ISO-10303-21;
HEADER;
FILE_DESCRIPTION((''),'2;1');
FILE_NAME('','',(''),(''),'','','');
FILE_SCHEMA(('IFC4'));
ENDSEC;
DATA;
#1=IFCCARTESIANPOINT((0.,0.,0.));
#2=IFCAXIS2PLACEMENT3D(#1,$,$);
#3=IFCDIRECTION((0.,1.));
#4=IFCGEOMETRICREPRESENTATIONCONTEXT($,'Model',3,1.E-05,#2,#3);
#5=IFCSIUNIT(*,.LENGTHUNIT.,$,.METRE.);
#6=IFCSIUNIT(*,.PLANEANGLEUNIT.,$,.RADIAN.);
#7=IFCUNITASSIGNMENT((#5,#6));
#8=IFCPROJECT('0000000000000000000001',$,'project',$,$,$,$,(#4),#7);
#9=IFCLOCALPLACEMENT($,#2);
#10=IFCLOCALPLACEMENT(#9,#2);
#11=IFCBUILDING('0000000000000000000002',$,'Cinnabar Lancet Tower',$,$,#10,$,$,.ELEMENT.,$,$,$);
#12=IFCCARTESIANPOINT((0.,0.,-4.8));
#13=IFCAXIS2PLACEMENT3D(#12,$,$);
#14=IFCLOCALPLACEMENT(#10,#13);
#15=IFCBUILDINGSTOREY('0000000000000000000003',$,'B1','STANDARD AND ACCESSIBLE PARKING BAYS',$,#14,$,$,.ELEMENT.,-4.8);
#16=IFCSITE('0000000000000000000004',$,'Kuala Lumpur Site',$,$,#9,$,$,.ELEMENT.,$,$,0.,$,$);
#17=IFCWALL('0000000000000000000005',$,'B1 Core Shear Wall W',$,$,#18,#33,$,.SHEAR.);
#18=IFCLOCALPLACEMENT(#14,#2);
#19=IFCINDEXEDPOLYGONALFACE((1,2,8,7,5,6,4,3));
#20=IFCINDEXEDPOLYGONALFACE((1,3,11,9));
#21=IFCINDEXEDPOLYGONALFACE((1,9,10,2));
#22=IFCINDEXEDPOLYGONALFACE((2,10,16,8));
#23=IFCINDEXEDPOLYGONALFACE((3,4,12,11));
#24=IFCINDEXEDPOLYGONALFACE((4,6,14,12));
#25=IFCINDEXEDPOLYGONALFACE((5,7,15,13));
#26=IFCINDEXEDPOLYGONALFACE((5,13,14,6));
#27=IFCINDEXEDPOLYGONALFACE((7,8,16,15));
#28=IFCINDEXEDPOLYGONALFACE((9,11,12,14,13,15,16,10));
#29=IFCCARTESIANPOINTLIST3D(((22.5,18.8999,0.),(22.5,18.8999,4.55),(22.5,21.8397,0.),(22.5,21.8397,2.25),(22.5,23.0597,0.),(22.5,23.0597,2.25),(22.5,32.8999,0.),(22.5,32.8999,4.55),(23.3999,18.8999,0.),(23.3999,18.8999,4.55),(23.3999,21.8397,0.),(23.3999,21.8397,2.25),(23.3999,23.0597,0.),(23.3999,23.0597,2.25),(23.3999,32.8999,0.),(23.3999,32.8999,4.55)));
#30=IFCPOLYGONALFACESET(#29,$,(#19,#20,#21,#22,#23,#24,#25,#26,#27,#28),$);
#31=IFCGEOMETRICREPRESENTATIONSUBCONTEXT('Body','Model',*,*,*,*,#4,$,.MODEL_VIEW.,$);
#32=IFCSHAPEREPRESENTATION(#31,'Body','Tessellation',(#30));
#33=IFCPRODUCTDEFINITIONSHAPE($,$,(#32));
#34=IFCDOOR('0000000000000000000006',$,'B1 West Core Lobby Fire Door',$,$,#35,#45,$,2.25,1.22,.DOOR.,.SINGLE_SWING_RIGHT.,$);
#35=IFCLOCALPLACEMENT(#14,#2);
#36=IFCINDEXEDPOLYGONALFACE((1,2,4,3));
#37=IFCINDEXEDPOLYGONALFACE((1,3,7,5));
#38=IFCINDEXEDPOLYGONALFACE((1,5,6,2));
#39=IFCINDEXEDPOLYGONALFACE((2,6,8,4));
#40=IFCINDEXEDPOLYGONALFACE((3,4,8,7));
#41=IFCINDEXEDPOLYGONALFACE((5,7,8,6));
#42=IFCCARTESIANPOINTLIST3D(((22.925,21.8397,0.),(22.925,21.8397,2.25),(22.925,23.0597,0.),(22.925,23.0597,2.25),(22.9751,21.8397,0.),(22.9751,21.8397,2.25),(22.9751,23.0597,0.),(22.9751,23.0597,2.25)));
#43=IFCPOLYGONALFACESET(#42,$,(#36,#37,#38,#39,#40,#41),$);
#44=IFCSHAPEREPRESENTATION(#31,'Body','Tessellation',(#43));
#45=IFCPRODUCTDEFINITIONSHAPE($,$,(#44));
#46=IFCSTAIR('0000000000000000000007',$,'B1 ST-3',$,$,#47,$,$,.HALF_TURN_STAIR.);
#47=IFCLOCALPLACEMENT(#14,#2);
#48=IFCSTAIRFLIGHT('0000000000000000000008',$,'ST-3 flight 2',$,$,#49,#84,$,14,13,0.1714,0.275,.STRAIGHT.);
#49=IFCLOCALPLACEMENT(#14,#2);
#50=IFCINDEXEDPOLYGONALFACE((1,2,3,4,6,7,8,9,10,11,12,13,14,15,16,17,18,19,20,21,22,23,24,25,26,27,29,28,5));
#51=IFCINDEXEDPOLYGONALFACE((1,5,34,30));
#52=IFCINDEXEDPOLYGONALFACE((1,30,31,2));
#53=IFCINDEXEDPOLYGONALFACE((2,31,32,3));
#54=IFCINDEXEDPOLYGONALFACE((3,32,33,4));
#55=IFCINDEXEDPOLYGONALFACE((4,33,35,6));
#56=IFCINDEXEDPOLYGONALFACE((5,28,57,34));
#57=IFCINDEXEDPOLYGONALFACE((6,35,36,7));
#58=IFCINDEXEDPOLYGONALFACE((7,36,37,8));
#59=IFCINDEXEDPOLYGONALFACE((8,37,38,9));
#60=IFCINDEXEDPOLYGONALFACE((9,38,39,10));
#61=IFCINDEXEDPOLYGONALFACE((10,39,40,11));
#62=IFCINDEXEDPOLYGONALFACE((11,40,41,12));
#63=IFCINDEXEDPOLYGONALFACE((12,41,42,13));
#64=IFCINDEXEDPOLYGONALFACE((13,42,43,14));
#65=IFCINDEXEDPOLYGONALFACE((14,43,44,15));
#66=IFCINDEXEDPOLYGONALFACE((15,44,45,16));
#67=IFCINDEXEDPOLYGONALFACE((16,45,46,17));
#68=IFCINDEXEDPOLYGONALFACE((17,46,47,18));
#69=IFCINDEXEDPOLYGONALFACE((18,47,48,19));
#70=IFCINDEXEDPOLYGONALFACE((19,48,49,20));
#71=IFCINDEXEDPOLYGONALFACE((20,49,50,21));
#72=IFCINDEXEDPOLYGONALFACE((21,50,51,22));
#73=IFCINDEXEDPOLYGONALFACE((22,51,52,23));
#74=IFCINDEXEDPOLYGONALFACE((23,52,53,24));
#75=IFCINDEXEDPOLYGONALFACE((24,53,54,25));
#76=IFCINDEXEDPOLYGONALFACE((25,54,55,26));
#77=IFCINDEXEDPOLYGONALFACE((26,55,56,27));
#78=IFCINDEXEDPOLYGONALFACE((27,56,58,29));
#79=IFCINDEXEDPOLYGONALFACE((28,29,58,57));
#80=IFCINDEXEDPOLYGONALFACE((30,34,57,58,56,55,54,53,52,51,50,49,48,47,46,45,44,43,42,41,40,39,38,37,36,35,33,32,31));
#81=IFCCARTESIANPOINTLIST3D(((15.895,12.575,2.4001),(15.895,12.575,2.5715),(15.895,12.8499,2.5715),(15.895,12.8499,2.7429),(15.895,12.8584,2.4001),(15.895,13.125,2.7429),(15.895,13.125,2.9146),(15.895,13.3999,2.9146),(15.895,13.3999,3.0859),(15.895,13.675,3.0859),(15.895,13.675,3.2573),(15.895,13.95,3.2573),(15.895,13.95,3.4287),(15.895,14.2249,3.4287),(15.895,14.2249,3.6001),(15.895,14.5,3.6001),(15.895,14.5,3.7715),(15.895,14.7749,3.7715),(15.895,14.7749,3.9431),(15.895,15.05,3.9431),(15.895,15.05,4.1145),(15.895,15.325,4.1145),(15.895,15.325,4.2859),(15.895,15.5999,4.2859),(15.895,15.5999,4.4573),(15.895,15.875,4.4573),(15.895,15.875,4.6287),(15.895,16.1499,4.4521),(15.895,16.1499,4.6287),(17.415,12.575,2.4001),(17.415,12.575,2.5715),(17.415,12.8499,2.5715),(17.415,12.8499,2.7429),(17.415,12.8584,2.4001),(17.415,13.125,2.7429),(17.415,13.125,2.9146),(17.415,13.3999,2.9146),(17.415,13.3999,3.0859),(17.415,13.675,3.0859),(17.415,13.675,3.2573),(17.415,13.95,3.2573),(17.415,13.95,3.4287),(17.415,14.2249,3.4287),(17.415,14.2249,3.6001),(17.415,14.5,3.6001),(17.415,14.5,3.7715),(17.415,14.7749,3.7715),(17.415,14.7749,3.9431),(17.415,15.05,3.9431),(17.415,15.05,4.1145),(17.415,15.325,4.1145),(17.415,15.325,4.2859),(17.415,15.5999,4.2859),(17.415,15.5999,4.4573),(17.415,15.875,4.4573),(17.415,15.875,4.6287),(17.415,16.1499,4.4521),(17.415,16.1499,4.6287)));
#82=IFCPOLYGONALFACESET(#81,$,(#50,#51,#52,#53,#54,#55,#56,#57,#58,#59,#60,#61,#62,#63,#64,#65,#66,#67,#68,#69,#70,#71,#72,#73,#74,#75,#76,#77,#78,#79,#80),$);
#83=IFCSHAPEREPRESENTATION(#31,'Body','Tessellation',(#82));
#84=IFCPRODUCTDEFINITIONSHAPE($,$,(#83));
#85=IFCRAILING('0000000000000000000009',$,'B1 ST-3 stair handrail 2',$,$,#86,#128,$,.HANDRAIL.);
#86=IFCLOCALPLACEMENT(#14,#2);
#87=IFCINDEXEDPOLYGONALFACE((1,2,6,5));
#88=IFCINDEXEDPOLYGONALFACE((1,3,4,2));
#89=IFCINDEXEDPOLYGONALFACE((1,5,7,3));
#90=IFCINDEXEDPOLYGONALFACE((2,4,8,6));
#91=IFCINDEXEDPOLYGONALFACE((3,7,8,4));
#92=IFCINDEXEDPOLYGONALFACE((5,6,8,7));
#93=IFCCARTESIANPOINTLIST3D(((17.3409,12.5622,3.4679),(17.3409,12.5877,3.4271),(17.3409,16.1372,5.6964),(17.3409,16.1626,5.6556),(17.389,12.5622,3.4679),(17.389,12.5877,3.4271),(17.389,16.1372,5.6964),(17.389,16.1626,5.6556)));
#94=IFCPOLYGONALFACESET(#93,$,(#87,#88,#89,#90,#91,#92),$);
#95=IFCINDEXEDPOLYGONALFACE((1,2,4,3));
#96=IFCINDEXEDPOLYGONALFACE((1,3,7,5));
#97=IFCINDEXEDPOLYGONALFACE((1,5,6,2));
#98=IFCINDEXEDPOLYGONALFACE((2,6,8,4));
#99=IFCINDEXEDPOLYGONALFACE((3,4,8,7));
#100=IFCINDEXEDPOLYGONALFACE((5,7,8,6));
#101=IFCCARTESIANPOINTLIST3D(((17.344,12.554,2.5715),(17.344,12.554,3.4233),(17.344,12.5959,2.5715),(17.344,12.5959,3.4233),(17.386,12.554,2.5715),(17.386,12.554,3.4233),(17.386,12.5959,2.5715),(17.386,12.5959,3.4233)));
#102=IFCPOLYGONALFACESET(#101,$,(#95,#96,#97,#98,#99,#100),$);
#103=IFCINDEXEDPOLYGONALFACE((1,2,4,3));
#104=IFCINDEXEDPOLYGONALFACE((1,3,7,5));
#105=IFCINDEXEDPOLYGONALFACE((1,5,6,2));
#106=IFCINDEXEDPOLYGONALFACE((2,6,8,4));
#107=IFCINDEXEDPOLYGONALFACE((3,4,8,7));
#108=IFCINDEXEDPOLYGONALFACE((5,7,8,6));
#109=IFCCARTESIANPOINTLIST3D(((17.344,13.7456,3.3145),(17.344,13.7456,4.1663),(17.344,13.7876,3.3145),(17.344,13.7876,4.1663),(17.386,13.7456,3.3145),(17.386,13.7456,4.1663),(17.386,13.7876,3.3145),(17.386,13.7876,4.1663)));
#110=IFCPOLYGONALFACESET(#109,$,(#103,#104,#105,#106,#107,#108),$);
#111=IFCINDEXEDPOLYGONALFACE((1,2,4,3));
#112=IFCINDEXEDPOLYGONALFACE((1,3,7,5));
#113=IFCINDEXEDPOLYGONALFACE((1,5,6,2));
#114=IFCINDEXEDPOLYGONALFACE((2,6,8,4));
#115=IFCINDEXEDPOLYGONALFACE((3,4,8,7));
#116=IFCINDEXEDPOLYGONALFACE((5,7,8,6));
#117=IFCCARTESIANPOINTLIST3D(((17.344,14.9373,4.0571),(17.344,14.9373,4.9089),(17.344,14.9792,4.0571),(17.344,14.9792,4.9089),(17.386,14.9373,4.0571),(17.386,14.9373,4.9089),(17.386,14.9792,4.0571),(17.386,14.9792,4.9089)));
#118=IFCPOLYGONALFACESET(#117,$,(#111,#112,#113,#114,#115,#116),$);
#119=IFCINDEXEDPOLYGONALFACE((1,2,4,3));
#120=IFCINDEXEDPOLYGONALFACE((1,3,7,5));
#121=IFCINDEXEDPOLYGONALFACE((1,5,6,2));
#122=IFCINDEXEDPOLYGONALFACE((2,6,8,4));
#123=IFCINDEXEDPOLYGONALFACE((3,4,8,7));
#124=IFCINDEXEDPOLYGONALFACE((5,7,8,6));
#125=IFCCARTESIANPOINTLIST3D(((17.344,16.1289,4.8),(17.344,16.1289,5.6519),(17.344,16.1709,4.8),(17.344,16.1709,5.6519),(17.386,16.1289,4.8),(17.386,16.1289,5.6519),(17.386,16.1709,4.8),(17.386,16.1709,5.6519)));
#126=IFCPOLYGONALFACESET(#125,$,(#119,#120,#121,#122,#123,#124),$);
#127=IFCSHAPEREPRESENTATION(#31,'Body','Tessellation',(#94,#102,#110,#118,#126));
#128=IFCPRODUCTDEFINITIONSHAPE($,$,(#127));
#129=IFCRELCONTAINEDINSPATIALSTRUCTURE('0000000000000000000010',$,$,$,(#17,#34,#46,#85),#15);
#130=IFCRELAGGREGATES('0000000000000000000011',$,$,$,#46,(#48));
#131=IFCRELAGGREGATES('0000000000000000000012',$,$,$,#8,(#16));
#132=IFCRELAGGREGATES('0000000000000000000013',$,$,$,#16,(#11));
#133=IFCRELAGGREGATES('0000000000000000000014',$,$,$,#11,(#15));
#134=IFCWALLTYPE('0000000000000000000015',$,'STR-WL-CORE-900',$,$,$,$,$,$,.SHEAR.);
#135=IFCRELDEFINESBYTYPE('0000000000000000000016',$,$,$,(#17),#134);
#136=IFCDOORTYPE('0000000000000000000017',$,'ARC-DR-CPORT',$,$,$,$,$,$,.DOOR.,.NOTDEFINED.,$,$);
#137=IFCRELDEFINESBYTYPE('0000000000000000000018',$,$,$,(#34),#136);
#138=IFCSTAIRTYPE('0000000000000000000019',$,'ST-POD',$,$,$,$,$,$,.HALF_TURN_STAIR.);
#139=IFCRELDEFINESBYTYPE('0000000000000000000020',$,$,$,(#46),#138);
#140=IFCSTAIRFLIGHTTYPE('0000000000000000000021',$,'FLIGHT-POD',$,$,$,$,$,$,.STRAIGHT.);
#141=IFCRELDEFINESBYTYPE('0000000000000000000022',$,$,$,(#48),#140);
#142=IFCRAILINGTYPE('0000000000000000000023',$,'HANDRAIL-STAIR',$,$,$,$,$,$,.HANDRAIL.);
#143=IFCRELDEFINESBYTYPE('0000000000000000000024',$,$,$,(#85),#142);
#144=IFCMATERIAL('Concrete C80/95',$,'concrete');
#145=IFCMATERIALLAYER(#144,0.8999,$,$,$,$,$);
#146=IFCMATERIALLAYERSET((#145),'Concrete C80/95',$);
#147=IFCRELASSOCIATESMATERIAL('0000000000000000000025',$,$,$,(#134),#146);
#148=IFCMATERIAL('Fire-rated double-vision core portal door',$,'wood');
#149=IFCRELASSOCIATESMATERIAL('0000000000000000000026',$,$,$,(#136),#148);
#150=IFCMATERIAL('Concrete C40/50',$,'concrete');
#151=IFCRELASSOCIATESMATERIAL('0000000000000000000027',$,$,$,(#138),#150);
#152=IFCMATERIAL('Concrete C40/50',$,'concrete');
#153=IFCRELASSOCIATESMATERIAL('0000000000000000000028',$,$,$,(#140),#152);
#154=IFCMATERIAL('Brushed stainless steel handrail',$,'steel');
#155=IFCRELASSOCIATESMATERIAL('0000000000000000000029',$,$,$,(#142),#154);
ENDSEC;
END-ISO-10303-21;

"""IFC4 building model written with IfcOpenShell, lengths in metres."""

from ifc_helpers import new_model, si_unit, direction, frame, frame_2d, origin, origin_2d, place, context, subcontext, project, spatial, polyline, rectangle, outline, extrude, material, layer, layer_set, type_object, element, fill, aggregate, save


model = new_model("IFC4")

# Units and contexts
model_context = context("Model", 3, precision=1e-05, world=origin(), true_north=direction((0.0, 1.0)))
body_context = subcontext(model_context, "Body", "Model", "MODEL_VIEW")
ifc_project = project(units=[si_unit("LENGTHUNIT", "METRE"), si_unit("PLANEANGLEUNIT", "RADIAN")], contexts=[model_context])

# Site, building, storey
site_placement = place(None, origin())
site = spatial("IfcSite", under=ifc_project, at=site_placement, Name="Kuala Lumpur Site", CompositionType="ELEMENT", RefElevation=0.0)
building_placement = place(site_placement, origin())
building = spatial("IfcBuilding", under=site, at=building_placement, Name="Cinnabar Lancet Tower", CompositionType="ELEMENT")
storey_placement = place(building_placement, frame((0.0, 0.0, -4.8)))
storey = spatial("IfcBuildingStorey", under=building, at=storey_placement, Name="B1", Description="STANDARD AND ACCESSIBLE PARKING BAYS", CompositionType="ELEMENT", Elevation=-4.8)

# Shared definitions
ifc_material_1 = material(Name="Concrete C80/95", Category="concrete")
ifc_layer_1 = layer(ifc_material_1, 0.8999)
ifc_layer_set_1 = layer_set([ifc_layer_1], Name="Concrete C80/95")
wall_type_1 = type_object("IfcWallType", Name="STR-WL-CORE-900", PredefinedType="SHEAR", material=ifc_layer_set_1)

# Wall, opening, door
wall_1_placement = place(storey_placement, frame((22.95, 18.8999, 0.0), z_axis=(0.0, 0.0, 1.0), x_axis=(0.0, 1.0, 0.0)))
wall_1 = element("IfcWall", 1, at=wall_1_placement, inside=storey, type_object=wall_type_1, Name="B1 Core Shear Wall W", PredefinedType="SHEAR", context=body_context, shape_type="SweptSolid", body=[
    extrude(rectangle(XDim=14.0, YDim=0.8999, at=frame_2d((7.0, 0.0))), origin(), (0.0, 0.0, 1.0), 4.55),
])
opening_1_placement = place(wall_1_placement, frame((2.9399, 0.0, 0.0)))
opening_1 = element("IfcOpeningElement", 2, at=opening_1_placement, cuts=wall_1, PredefinedType="OPENING", context=body_context, shape_type="SweptSolid", body=[
    extrude(rectangle(XDim=1.22, YDim=2.25, at=frame_2d((0.6099, 1.125))), frame((0.0, 0.46, 0.0), z_axis=(0.0, -1.0, 0.0), x_axis=(1.0, 0.0, 0.0)), (0.0, 0.0, 1.0), 0.9199),
])
ifc_material_2 = material(Name="Fire-rated double-vision core portal door", Category="wood")
door_type_1 = type_object("IfcDoorType", Name="ARC-DR-CPORT", OperationType="NOTDEFINED", PredefinedType="DOOR", material=ifc_material_2)
door_1_placement = place(opening_1_placement, origin())
door_1 = element("IfcDoor", 3, at=door_1_placement, inside=storey, type_object=door_type_1, Name="B1 West Core Lobby Fire Door", OperationType="SINGLE_SWING_RIGHT", OverallHeight=2.25, OverallWidth=1.22, PredefinedType="DOOR", context=body_context, shape_type="SweptSolid", body=[
    extrude(rectangle(XDim=1.22, YDim=2.25, at=frame_2d((0.6099, 1.125))), frame((0.0, 0.0249, 0.0), z_axis=(0.0, -1.0, 0.0), x_axis=(1.0, 0.0, 0.0)), (0.0, 0.0, 1.0), 0.05),
])
fill(opening_1, door_1)

# Stair, stair flight
ifc_material_3 = material(Name="Concrete C40/50", Category="concrete")
stair_type = type_object("IfcStairType", Name="ST-POD", PredefinedType="HALF_TURN_STAIR", material=ifc_material_3)
stair_placement = place(storey_placement, origin())
stair = element("IfcStair", 4, at=stair_placement, inside=storey, type_object=stair_type, Name="B1 ST-3", PredefinedType="HALF_TURN_STAIR")
ifc_material_4 = material(Name="Concrete C40/50", Category="concrete")
stair_flight_type = type_object("IfcStairFlightType", Name="FLIGHT-POD", PredefinedType="STRAIGHT", material=ifc_material_4)
stair_flight_placement = place(storey_placement, frame((16.655, 12.575, 2.4001), z_axis=(0.0, 0.0, 1.0), x_axis=(0.0, 1.0, 0.0)))
stair_flight = element("IfcStairFlight", 5, at=stair_flight_placement, type_object=stair_flight_type, Name="ST-3 flight 2", NumberOfRisers=14, NumberOfTreads=13, PredefinedType="STRAIGHT", RiserHeight=0.1714, TreadLength=0.275, context=body_context, shape_type="SweptSolid", body=[
    extrude(outline(polyline([(0.0, 0.0), (0.0, 0.1714), (0.2749, 0.1714), (0.2749, 0.3428), (0.55, 0.3428), (0.55, 0.5144), (0.825, 0.5144), (0.825, 0.6858), (1.1001, 0.6858), (1.1001, 0.8572), (1.375, 0.8572), (1.375, 1.0286), (1.6499, 1.0286), (1.6499, 1.2), (1.925, 1.2), (1.925, 1.3713), (2.2, 1.3713), (2.2, 1.543), (2.4751, 1.543), (2.4751, 1.7144), (2.75, 1.7144), (2.75, 1.8857), (3.0249, 1.8857), (3.0249, 2.0571), (3.3, 2.0571), (3.3, 2.2285), (3.575, 2.2285), (3.575, 2.3999), (3.575, 2.052), (0.2834, 0.0), (0.0, 0.0)])), frame((0.0, 0.76, 0.0), z_axis=(0.0, -1.0, 0.0), x_axis=(1.0, 0.0, 0.0)), (0.0, 0.0, 1.0), 1.52),
])
aggregate(stair, [stair_flight])

# Railing
ifc_material_5 = material(Name="Brushed stainless steel handrail", Category="steel")
railing_type = type_object("IfcRailingType", Name="HANDRAIL-STAIR", PredefinedType="HANDRAIL", material=ifc_material_5)
railing_placement = place(storey_placement, frame((17.365, 12.575, 2.5715)))
element("IfcRailing", 6, at=railing_placement, inside=storey, type_object=railing_type, Name="B1 ST-3 stair handrail 2", PredefinedType="HANDRAIL", context=body_context, shape_type="SweptSolid", body=[
    extrude(rectangle(XDim=0.0481, YDim=0.0481, at=origin_2d()), frame((0.0, 0.0, 0.876), z_axis=(0.0, 0.84862, 0.529004), x_axis=(-1.0, 0.0, 0.0)), (0.0, 0.0, 1.0), 4.2126),
    extrude(rectangle(XDim=0.042, YDim=0.042, at=origin_2d()), origin(), (0.0, 0.0, 1.0), 0.8518),
    extrude(rectangle(XDim=0.042, YDim=0.042, at=origin_2d()), frame((0.0, 1.1917, 0.7429)), (0.0, 0.0, 1.0), 0.8518),
    extrude(rectangle(XDim=0.042, YDim=0.042, at=origin_2d()), frame((0.0, 2.3833, 1.4856)), (0.0, 0.0, 1.0), 0.8518),
    extrude(rectangle(XDim=0.042, YDim=0.042, at=origin_2d()), frame((0.0, 3.575, 2.2285)), (0.0, 0.0, 1.0), 0.8518),
])

save(model, "model.ifc")
